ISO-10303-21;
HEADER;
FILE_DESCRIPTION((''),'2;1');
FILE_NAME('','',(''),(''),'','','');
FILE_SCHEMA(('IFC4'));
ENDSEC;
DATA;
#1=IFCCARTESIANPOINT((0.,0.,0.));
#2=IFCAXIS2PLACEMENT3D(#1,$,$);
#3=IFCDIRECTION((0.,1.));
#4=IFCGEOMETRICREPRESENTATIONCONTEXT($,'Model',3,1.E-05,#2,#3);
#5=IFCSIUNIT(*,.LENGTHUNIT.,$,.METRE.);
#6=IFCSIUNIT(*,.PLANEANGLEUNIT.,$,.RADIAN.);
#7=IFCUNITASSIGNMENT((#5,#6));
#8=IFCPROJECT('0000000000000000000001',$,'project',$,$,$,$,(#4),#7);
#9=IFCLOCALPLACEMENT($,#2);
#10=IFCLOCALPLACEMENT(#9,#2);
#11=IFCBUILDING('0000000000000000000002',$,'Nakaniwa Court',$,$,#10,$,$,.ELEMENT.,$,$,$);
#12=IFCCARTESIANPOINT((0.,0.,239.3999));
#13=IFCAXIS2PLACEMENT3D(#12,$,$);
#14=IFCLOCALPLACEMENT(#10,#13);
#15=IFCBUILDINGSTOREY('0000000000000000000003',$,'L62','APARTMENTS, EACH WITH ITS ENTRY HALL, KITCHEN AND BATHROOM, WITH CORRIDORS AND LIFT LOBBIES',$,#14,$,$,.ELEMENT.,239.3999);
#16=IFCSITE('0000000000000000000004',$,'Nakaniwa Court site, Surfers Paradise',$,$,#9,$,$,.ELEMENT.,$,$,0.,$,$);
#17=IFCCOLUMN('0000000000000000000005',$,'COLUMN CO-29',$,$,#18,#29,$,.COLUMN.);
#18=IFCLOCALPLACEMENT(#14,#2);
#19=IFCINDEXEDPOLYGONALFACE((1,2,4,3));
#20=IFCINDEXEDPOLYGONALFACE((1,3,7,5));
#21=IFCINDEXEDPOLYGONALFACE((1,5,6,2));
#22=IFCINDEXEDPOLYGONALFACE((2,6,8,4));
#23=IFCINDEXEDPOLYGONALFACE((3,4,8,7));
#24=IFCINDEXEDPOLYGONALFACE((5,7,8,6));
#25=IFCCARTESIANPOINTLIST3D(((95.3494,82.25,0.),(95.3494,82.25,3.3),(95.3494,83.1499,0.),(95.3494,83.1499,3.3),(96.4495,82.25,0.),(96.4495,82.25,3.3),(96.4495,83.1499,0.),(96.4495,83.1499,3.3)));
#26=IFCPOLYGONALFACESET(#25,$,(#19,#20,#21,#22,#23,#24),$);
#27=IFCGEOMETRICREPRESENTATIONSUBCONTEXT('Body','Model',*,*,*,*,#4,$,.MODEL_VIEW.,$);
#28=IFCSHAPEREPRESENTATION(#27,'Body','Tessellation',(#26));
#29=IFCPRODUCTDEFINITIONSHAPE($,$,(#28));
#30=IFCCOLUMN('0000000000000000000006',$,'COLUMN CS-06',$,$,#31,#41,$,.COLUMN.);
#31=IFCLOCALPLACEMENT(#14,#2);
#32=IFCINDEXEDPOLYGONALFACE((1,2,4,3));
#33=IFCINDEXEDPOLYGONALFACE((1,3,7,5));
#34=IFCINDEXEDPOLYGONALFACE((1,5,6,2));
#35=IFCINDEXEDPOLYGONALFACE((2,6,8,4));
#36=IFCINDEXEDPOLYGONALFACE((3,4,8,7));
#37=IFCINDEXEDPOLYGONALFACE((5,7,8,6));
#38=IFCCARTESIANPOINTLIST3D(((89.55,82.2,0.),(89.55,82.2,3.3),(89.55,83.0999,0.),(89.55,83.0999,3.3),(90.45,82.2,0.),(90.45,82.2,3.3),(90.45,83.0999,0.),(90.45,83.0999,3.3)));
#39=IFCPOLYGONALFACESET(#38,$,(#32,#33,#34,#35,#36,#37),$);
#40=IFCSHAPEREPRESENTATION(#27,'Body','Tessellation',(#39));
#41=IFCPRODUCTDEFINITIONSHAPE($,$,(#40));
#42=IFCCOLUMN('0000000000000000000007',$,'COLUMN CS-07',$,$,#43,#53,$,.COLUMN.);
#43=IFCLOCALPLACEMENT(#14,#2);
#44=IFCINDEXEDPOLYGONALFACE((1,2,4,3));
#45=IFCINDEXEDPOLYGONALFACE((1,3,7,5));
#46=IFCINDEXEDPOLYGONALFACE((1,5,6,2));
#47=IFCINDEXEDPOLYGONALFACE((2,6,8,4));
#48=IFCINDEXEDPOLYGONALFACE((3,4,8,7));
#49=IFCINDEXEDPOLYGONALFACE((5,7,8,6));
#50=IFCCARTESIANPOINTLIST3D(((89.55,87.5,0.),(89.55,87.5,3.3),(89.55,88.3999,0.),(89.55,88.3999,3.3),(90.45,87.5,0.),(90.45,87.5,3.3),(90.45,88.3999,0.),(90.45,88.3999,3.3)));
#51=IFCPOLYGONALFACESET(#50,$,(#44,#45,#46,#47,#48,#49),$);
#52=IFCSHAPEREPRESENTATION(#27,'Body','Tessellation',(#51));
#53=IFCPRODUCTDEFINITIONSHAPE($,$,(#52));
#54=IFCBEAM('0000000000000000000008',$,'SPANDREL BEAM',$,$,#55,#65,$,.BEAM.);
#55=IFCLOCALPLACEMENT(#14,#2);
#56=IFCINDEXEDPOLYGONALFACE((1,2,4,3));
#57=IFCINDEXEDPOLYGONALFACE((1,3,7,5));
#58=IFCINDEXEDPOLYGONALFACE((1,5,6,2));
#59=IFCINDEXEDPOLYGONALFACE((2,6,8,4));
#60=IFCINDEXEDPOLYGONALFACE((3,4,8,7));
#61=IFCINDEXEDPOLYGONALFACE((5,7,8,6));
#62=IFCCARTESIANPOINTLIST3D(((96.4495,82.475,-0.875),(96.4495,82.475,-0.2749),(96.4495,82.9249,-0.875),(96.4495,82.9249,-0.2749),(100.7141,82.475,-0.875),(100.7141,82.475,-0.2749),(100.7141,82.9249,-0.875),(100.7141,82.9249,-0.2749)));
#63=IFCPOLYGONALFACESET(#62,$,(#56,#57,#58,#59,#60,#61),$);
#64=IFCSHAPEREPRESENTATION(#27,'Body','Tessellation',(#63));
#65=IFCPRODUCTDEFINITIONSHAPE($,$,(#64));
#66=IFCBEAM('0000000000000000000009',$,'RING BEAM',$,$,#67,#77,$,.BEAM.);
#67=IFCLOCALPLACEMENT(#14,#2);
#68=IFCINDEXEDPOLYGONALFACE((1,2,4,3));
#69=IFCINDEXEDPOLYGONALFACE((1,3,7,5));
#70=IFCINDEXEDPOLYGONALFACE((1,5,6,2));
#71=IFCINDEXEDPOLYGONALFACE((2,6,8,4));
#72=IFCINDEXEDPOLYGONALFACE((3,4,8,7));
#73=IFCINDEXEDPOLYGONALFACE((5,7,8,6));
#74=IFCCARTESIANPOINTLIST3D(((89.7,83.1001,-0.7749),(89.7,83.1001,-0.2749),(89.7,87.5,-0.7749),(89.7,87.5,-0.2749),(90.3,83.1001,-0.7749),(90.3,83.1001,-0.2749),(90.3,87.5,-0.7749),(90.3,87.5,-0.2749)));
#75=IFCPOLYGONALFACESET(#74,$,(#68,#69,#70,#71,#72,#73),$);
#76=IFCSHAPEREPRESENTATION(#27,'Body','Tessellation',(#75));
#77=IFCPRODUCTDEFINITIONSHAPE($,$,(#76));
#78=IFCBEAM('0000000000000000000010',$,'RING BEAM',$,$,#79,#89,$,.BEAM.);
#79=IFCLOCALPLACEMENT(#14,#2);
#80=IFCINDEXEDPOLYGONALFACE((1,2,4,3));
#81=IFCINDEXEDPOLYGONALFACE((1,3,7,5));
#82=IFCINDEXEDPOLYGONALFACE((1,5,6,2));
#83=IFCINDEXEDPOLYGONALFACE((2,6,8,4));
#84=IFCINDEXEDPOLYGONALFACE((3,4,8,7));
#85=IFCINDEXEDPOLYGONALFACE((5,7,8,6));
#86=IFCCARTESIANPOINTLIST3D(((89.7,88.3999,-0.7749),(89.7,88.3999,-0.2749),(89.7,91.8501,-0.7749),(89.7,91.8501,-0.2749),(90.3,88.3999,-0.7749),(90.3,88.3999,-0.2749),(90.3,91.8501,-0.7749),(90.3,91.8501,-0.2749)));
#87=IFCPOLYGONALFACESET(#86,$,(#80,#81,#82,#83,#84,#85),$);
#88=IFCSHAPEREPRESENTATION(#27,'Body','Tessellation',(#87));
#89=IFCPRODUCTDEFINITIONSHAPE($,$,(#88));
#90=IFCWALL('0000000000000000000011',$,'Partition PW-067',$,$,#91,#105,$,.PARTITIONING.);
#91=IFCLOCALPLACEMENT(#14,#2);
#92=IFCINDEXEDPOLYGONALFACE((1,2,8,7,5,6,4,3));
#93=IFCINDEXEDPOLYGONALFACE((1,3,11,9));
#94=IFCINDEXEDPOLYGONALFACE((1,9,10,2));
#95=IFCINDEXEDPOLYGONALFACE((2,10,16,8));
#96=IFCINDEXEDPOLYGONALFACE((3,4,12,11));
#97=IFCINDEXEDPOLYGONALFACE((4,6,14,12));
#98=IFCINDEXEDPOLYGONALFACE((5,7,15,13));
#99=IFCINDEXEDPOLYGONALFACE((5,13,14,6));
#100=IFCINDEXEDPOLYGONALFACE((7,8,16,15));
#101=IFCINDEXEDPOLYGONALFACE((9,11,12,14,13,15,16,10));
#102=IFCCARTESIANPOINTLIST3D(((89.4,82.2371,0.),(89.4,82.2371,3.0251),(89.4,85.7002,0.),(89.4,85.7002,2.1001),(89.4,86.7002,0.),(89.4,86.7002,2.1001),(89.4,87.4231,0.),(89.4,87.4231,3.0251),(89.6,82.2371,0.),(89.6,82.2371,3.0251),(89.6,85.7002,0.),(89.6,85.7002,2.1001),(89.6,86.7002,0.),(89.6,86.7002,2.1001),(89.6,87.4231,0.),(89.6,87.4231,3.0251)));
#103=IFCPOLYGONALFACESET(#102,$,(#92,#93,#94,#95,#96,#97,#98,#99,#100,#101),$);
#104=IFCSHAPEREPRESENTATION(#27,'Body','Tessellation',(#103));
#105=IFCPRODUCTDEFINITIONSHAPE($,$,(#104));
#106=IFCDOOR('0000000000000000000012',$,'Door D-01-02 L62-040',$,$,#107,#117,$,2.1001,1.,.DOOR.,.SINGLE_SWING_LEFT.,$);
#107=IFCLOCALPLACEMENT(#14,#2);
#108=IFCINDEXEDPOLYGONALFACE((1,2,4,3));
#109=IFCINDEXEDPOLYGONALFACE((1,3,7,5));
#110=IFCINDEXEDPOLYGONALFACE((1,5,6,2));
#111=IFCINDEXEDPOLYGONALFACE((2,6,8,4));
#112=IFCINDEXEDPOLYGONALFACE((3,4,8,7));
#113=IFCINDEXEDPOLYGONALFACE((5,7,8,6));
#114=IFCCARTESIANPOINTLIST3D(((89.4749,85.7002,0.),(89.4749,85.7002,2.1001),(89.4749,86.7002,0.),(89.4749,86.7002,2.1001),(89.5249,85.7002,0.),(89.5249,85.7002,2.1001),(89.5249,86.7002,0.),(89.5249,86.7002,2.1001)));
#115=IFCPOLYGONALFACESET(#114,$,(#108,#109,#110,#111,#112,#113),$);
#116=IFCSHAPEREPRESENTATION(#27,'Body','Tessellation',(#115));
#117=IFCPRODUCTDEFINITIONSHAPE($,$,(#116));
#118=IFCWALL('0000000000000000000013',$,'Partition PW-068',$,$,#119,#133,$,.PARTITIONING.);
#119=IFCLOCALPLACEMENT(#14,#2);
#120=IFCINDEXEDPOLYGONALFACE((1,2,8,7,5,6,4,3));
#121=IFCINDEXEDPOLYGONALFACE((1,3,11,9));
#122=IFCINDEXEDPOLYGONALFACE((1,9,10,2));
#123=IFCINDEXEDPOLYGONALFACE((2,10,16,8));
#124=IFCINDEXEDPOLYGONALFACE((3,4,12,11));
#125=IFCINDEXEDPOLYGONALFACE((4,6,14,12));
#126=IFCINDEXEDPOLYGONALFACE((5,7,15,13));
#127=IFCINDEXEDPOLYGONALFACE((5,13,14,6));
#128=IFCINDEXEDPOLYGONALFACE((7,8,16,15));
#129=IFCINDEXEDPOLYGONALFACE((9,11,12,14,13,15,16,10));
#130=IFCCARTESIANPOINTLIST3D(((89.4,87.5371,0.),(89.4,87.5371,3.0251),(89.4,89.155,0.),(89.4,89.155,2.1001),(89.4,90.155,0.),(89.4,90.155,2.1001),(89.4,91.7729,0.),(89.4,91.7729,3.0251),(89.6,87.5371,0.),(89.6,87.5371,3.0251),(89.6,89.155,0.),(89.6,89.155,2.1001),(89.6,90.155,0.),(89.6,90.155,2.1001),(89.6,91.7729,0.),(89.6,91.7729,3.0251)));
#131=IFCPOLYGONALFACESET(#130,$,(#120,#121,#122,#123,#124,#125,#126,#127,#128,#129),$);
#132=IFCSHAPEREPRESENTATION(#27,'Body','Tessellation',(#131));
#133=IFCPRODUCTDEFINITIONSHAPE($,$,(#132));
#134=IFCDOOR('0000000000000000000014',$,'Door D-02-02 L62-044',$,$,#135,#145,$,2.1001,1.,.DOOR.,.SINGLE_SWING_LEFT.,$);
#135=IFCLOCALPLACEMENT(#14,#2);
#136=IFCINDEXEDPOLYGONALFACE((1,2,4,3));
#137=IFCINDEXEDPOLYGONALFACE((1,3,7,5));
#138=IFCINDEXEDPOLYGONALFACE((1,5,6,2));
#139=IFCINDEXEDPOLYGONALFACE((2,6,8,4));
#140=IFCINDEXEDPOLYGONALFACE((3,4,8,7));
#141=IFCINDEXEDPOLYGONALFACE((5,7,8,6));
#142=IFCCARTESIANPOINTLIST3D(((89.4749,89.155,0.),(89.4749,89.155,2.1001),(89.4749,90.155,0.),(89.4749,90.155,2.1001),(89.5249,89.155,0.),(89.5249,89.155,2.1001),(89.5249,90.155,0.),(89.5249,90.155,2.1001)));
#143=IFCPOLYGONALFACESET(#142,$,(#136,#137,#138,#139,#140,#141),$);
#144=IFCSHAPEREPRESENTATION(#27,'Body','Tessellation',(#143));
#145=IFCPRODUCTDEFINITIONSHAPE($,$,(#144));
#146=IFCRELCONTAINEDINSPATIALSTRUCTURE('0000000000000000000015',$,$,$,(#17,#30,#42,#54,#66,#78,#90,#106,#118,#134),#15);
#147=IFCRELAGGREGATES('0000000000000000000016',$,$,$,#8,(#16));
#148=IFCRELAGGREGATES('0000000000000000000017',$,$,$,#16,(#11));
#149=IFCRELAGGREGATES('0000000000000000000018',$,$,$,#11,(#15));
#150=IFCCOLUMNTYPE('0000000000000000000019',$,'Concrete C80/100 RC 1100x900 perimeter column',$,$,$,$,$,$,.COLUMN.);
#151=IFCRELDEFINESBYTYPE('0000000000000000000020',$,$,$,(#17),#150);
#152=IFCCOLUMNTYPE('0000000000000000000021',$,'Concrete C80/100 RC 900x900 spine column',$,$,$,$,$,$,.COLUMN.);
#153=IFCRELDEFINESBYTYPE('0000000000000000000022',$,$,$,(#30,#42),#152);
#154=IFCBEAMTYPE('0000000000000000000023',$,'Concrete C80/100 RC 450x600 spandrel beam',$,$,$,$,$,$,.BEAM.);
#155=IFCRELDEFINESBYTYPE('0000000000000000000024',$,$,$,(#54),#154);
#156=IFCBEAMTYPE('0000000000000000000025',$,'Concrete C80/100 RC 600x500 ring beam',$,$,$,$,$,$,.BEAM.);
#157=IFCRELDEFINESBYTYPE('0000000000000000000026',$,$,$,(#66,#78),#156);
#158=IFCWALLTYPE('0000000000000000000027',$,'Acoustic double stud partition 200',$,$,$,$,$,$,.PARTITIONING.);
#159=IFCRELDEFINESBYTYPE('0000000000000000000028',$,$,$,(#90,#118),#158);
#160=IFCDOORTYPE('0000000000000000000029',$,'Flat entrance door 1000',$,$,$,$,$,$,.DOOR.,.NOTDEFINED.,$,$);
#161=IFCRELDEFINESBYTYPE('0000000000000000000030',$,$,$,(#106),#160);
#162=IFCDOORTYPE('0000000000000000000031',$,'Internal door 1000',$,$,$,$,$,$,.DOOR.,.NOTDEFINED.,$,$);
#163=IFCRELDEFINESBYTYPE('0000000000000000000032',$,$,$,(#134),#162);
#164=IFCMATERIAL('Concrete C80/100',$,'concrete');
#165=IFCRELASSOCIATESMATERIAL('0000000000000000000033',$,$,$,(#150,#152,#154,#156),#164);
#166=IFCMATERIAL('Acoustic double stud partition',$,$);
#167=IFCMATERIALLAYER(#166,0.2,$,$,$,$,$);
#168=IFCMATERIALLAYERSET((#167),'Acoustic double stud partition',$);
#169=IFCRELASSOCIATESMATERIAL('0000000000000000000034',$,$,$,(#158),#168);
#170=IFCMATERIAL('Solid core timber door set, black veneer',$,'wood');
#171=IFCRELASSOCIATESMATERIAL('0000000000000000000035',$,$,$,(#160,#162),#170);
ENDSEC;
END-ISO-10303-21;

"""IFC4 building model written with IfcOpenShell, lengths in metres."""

from ifc_helpers import new_model, si_unit, direction, frame, frame_2d, origin, origin_2d, place, context, subcontext, project, spatial, rectangle, extrude, material, layer, layer_set, material_profile, profile_set, type_object, element, fill, save


model = new_model("IFC4")

# Units and contexts
model_context = context("Model", 3, precision=1e-05, world=origin(), true_north=direction((0.0, 1.0)))
body_context = subcontext(model_context, "Body", "Model", "MODEL_VIEW")
ifc_project = project(units=[si_unit("LENGTHUNIT", "METRE"), si_unit("PLANEANGLEUNIT", "RADIAN")], contexts=[model_context])

# Site, building, storey
site_placement = place(None, origin())
site = spatial("IfcSite", under=ifc_project, at=site_placement, Name="Nakaniwa Court site, Surfers Paradise", CompositionType="ELEMENT", RefElevation=0.0)
building_placement = place(site_placement, origin())
building = spatial("IfcBuilding", under=site, at=building_placement, Name="Nakaniwa Court", CompositionType="ELEMENT")
storey_placement = place(building_placement, frame((0.0, 0.0, 239.3999)))
storey = spatial("IfcBuildingStorey", under=building, at=storey_placement, Name="L62", Description="APARTMENTS, EACH WITH ITS ENTRY HALL, KITCHEN AND BATHROOM, WITH CORRIDORS AND LIFT LOBBIES", CompositionType="ELEMENT", Elevation=239.3999)

# Columns
ifc_material_1 = material(Name="Concrete C80/100", Category="concrete")
ifc_material_profile_1 = material_profile(ifc_material_1, rectangle(XDim=1.1001, YDim=0.8999, at=origin_2d()), Name="Concrete C80/100 RC 1100x900 perimeter column")
ifc_profile_set_1 = profile_set([ifc_material_profile_1], Name="Concrete C80/100")
column_type_1 = type_object("IfcColumnType", Name="Concrete C80/100 RC 1100x900 perimeter column", PredefinedType="COLUMN", material=ifc_profile_set_1)
column_placement = place(storey_placement, frame((95.8994, 82.7, 0.0), z_axis=(0.0, 0.0, 1.0), x_axis=(1.0, 0.0, 0.0)))
element("IfcColumn", 1, at=column_placement, inside=storey, type_object=column_type_1, Name="COLUMN CO-29", PredefinedType="COLUMN", context=body_context, shape_type="SweptSolid", body=[
    extrude(rectangle(XDim=1.1001, YDim=0.8999, at=origin_2d()), origin(), (0.0, 0.0, 1.0), 3.3),
])
ifc_material_profile_2 = material_profile(ifc_material_1, rectangle(XDim=0.8999, YDim=0.8999, at=origin_2d()), Name="Concrete C80/100 RC 900x900 spine column")
ifc_profile_set_2 = profile_set([ifc_material_profile_2], Name="Concrete C80/100")
column_type_2 = type_object("IfcColumnType", Name="Concrete C80/100 RC 900x900 spine column", PredefinedType="COLUMN", material=ifc_profile_set_2)
for number, where, z_axis, x_axis, name in (
    (2, (90.0, 82.6499, 0.0), (0.0, 0.0, 1.0), (0.0, 1.0, 0.0), "COLUMN CS-06"),
    (3, (90.0, 87.95, 0.0), (0.0, 0.0, 1.0), (0.0, 1.0, 0.0), "COLUMN CS-07"),
):
    element("IfcColumn", number, at=place(storey_placement, frame(where, z_axis=z_axis, x_axis=x_axis)), inside=storey, type_object=column_type_2, Name=name, PredefinedType="COLUMN", context=body_context, shape_type="SweptSolid", body=[
        extrude(rectangle(XDim=0.8999, YDim=0.8999, at=origin_2d()), origin(), (0.0, 0.0, 1.0), 3.3),
    ])

# Beams
ifc_material_profile_3 = material_profile(ifc_material_1, rectangle(XDim=0.45, YDim=0.6001, at=origin_2d()), Name="Concrete C80/100 RC 450x600 spandrel beam")
ifc_profile_set_3 = profile_set([ifc_material_profile_3], Name="Concrete C80/100")
beam_type_1 = type_object("IfcBeamType", Name="Concrete C80/100 RC 450x600 spandrel beam", PredefinedType="BEAM", material=ifc_profile_set_3)
beam_1_placement = place(storey_placement, frame((96.4495, 82.7, -0.575), z_axis=(1.0, 0.0, 0.0), x_axis=(0.0, 1.0, 0.0)))
element("IfcBeam", 4, at=beam_1_placement, inside=storey, type_object=beam_type_1, Name="SPANDREL BEAM", PredefinedType="BEAM", context=body_context, shape_type="SweptSolid", body=[
    extrude(rectangle(XDim=0.45, YDim=0.6001, at=origin_2d()), origin(), (0.0, 0.0, 1.0), 4.2646),
])
ifc_material_profile_4 = material_profile(ifc_material_1, rectangle(XDim=0.6001, YDim=0.5, at=origin_2d()), Name="Concrete C80/100 RC 600x500 ring beam")
ifc_profile_set_4 = profile_set([ifc_material_profile_4], Name="Concrete C80/100")
beam_type_2 = type_object("IfcBeamType", Name="Concrete C80/100 RC 600x500 ring beam", PredefinedType="BEAM", material=ifc_profile_set_4)
beam_2_placement = place(storey_placement, frame((90.0, 83.1001, -0.5249), z_axis=(0.0, 1.0, 0.0), x_axis=(-1.0, 0.0, 0.0)))
element("IfcBeam", 5, at=beam_2_placement, inside=storey, type_object=beam_type_2, Name="RING BEAM", PredefinedType="BEAM", context=body_context, shape_type="SweptSolid", body=[
    extrude(rectangle(XDim=0.6001, YDim=0.5, at=origin_2d()), origin(), (0.0, 0.0, 1.0), 4.3999),
])
beam_3_placement = place(storey_placement, frame((90.0, 88.3999, -0.5249), z_axis=(0.0, 1.0, 0.0), x_axis=(-1.0, 0.0, 0.0)))
element("IfcBeam", 6, at=beam_3_placement, inside=storey, type_object=beam_type_2, Name="RING BEAM", PredefinedType="BEAM", context=body_context, shape_type="SweptSolid", body=[
    extrude(rectangle(XDim=0.6001, YDim=0.5, at=origin_2d()), origin(), (0.0, 0.0, 1.0), 3.4502),
])

# Walls, openings, doors
ifc_material_2 = material(Name="Acoustic double stud partition")
ifc_layer_1 = layer(ifc_material_2, 0.2)
ifc_layer_set_1 = layer_set([ifc_layer_1], Name="Acoustic double stud partition")
wall_type_1 = type_object("IfcWallType", Name="Acoustic double stud partition 200", PredefinedType="PARTITIONING", material=ifc_layer_set_1)
wall_1_placement = place(storey_placement, frame((89.5, 87.4231, 0.0), z_axis=(0.0, 0.0, 1.0), x_axis=(0.0, -1.0, 0.0)))
wall_1 = element("IfcWall", 7, at=wall_1_placement, inside=storey, type_object=wall_type_1, Name="Partition PW-067", PredefinedType="PARTITIONING", context=body_context, shape_type="SweptSolid", body=[
    extrude(rectangle(XDim=5.186, YDim=0.2, at=frame_2d((2.593, 0.0))), origin(), (0.0, 0.0, 1.0), 3.0251),
])
opening_1_placement = place(wall_1_placement, frame((0.7229, 0.0, 0.0)))
opening_1 = element("IfcOpeningElement", 8, at=opening_1_placement, cuts=wall_1, PredefinedType="OPENING", context=body_context, shape_type="SweptSolid", body=[
    extrude(rectangle(XDim=1.0, YDim=2.1001, at=frame_2d((0.5, 1.05))), frame((0.0, 0.1099, 0.0), z_axis=(0.0, -1.0, 0.0), x_axis=(1.0, 0.0, 0.0)), (0.0, 0.0, 1.0), 0.22),
])
ifc_material_3 = material(Name="Solid core timber door set, black veneer", Category="wood")
door_type_1 = type_object("IfcDoorType", Name="Flat entrance door 1000", OperationType="NOTDEFINED", PredefinedType="DOOR", material=ifc_material_3)
door_1_placement = place(opening_1_placement, origin())
door_1 = element("IfcDoor", 9, at=door_1_placement, inside=storey, type_object=door_type_1, Name="Door D-01-02 L62-040", OperationType="SINGLE_SWING_LEFT", OverallHeight=2.1001, OverallWidth=1.0, PredefinedType="DOOR", context=body_context, shape_type="SweptSolid", body=[
    extrude(rectangle(XDim=1.0, YDim=2.1001, at=frame_2d((0.5, 1.05))), frame((0.0, 0.0249, 0.0), z_axis=(0.0, -1.0, 0.0), x_axis=(1.0, 0.0, 0.0)), (0.0, 0.0, 1.0), 0.05),
])
fill(opening_1, door_1)
wall_2_placement = place(storey_placement, frame((89.5, 91.7729, 0.0), z_axis=(0.0, 0.0, 1.0), x_axis=(0.0, -1.0, 0.0)))
wall_2 = element("IfcWall", 10, at=wall_2_placement, inside=storey, type_object=wall_type_1, Name="Partition PW-068", PredefinedType="PARTITIONING", context=body_context, shape_type="SweptSolid", body=[
    extrude(rectangle(XDim=4.2358, YDim=0.2, at=frame_2d((2.1179, 0.0))), origin(), (0.0, 0.0, 1.0), 3.0251),
])
opening_2_placement = place(wall_2_placement, frame((1.6179, 0.0, 0.0)))
opening_2 = element("IfcOpeningElement", 11, at=opening_2_placement, cuts=wall_2, PredefinedType="OPENING", context=body_context, shape_type="SweptSolid", body=[
    extrude(rectangle(XDim=1.0, YDim=2.1001, at=frame_2d((0.5, 1.05))), frame((0.0, 0.1099, 0.0), z_axis=(0.0, -1.0, 0.0), x_axis=(1.0, 0.0, 0.0)), (0.0, 0.0, 1.0), 0.22),
])
door_type_2 = type_object("IfcDoorType", Name="Internal door 1000", OperationType="NOTDEFINED", PredefinedType="DOOR", material=ifc_material_3)
door_2_placement = place(opening_2_placement, origin())
door_2 = element("IfcDoor", 12, at=door_2_placement, inside=storey, type_object=door_type_2, Name="Door D-02-02 L62-044", OperationType="SINGLE_SWING_LEFT", OverallHeight=2.1001, OverallWidth=1.0, PredefinedType="DOOR", context=body_context, shape_type="SweptSolid", body=[
    extrude(rectangle(XDim=1.0, YDim=2.1001, at=frame_2d((0.5, 1.05))), frame((0.0, 0.0249, 0.0), z_axis=(0.0, -1.0, 0.0), x_axis=(1.0, 0.0, 0.0)), (0.0, 0.0, 1.0), 0.05),
])
fill(opening_2, door_2)

save(model, "model.ifc")
